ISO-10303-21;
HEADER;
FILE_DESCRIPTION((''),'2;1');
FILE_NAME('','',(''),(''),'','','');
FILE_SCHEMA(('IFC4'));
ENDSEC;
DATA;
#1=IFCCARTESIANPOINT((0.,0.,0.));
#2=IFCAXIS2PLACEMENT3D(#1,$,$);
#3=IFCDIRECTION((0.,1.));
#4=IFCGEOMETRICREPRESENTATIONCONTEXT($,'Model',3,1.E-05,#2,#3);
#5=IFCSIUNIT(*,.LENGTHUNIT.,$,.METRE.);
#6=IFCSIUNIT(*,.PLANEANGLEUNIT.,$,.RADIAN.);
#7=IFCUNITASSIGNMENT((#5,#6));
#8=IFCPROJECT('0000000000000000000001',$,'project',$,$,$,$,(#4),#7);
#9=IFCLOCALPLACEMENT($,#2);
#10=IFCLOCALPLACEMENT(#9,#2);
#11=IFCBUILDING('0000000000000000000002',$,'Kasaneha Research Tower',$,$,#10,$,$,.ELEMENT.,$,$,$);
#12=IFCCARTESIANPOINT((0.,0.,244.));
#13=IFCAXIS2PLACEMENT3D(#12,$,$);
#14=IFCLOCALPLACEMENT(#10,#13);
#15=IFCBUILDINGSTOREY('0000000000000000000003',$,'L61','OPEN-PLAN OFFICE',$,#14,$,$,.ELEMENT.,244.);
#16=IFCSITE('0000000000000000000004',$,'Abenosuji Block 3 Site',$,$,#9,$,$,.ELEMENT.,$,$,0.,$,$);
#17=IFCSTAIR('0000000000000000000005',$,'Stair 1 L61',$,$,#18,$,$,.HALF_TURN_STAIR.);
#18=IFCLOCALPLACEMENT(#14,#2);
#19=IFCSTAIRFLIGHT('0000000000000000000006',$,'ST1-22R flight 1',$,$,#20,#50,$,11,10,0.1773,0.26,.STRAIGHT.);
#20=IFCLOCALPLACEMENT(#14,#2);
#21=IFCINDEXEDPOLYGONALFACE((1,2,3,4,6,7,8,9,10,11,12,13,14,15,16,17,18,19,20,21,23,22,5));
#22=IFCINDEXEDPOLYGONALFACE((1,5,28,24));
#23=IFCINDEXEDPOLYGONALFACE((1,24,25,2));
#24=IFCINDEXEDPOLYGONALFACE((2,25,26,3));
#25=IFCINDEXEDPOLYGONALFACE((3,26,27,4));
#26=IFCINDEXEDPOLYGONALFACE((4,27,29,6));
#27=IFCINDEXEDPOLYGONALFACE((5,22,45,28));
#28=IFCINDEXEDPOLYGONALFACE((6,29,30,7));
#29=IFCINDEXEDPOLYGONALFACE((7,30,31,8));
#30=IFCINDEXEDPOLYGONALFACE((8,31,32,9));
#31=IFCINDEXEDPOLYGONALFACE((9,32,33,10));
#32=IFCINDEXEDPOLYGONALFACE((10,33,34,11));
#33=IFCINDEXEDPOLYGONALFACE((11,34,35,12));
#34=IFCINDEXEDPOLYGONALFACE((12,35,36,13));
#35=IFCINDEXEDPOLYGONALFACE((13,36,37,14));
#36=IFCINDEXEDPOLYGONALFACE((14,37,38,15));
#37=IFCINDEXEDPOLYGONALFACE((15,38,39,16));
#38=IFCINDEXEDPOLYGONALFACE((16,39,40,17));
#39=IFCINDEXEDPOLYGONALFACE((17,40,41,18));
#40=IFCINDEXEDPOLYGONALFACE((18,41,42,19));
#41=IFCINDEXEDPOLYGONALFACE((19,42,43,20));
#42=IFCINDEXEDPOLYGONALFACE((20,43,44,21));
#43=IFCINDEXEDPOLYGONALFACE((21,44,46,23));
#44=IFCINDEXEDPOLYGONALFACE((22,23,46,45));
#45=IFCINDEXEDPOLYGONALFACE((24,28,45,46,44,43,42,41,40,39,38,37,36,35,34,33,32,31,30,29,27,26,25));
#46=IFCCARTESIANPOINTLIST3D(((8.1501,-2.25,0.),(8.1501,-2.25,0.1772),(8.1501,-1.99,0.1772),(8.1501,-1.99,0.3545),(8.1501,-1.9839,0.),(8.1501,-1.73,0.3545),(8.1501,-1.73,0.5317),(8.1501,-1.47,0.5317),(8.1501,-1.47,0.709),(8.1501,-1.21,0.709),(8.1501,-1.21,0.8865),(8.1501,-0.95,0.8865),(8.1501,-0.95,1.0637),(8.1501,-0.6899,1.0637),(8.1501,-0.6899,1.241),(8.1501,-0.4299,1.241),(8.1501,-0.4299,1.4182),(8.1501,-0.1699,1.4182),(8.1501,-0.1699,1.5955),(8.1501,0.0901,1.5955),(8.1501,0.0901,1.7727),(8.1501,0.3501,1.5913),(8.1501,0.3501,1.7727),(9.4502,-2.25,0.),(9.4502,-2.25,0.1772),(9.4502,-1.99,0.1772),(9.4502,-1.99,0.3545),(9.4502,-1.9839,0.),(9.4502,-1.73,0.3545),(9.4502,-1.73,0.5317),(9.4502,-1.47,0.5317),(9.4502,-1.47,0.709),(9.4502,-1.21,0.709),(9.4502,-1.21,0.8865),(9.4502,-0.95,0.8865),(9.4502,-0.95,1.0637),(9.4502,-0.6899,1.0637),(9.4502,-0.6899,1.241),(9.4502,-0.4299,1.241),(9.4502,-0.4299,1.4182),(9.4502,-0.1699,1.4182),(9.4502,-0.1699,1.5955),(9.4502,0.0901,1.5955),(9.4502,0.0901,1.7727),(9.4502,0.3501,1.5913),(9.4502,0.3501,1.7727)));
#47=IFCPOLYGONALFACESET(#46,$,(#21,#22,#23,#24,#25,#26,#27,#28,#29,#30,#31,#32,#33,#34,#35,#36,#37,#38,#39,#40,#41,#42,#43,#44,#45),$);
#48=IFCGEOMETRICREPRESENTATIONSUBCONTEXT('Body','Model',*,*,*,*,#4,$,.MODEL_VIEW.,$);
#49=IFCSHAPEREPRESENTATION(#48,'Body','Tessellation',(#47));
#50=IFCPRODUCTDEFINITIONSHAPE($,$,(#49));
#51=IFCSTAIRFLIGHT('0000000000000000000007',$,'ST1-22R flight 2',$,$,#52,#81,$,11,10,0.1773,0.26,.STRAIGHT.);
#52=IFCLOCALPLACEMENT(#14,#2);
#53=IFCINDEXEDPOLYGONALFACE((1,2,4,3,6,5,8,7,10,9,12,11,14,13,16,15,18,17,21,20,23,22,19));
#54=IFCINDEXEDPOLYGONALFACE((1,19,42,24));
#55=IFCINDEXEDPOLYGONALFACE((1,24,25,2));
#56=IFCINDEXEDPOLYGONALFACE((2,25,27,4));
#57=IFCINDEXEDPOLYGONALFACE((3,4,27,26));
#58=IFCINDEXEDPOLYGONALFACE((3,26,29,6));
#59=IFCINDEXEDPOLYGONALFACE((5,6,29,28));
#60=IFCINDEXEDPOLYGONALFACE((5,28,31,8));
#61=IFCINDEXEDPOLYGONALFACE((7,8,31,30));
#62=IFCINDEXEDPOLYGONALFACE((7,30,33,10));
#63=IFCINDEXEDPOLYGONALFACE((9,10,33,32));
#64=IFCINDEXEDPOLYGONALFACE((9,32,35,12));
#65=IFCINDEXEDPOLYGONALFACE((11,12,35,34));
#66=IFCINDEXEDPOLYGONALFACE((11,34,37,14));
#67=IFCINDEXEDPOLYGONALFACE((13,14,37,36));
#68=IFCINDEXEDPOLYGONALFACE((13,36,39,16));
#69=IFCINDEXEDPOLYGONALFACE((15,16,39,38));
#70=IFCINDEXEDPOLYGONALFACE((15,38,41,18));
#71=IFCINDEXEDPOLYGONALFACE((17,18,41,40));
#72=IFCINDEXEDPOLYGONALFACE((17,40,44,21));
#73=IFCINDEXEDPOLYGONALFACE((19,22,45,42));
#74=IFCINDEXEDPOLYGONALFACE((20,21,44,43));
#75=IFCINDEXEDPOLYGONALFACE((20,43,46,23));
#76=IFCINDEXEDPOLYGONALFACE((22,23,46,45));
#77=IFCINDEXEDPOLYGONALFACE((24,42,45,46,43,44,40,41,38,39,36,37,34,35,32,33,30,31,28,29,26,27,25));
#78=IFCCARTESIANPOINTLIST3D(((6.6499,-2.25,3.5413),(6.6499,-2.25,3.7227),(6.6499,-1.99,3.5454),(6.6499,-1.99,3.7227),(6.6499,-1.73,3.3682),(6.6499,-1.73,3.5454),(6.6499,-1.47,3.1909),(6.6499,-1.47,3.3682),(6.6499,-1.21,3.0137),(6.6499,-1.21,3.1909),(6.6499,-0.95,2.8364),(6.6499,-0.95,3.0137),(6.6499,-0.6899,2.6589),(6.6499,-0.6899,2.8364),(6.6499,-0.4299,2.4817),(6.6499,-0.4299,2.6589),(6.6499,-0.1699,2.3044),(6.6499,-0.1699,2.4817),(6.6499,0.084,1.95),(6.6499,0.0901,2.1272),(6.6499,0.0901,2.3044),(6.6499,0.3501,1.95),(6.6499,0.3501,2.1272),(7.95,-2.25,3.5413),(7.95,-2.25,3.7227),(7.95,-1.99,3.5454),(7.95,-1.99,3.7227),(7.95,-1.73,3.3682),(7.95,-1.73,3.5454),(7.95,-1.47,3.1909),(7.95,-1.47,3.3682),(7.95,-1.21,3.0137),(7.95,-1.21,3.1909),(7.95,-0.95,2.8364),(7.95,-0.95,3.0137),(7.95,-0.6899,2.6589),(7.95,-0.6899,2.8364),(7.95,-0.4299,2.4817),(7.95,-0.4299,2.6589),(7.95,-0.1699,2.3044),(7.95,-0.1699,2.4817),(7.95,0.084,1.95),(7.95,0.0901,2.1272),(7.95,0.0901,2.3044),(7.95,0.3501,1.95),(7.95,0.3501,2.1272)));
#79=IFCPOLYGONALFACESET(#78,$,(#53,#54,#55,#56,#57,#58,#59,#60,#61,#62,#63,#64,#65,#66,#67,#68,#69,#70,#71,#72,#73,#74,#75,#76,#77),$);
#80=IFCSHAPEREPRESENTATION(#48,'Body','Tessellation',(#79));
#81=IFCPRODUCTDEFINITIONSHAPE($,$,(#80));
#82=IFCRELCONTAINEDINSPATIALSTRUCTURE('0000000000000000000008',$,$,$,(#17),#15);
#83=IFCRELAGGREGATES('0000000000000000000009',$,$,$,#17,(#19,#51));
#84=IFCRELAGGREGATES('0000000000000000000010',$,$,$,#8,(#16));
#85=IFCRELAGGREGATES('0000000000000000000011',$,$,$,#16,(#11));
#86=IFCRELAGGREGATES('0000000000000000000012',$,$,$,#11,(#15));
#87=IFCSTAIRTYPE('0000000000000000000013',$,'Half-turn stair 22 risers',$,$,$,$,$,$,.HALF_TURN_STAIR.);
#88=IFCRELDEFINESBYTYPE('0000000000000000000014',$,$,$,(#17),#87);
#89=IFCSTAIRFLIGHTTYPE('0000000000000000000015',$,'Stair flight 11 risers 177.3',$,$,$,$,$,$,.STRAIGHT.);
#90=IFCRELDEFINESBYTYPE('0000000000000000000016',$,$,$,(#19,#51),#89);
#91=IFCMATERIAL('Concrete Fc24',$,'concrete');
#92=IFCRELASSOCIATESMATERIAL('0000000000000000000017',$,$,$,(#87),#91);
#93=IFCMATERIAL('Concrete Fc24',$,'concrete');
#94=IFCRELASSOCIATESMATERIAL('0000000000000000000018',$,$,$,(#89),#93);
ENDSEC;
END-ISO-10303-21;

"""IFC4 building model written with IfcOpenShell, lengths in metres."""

from ifc_helpers import new_model, si_unit, direction, frame, origin, place, context, subcontext, project, spatial, polyline, outline, extrude, material, type_object, element, aggregate, save


model = new_model("IFC4")

# Units and contexts
model_context = context("Model", 3, precision=1e-05, world=origin(), true_north=direction((0.0, 1.0)))
body_context = subcontext(model_context, "Body", "Model", "MODEL_VIEW")
ifc_project = project(units=[si_unit("LENGTHUNIT", "METRE"), si_unit("PLANEANGLEUNIT", "RADIAN")], contexts=[model_context])

# Site, building, storey
site_placement = place(None, origin())
site = spatial("IfcSite", under=ifc_project, at=site_placement, Name="Abenosuji Block 3 Site", CompositionType="ELEMENT", RefElevation=0.0)
building_placement = place(site_placement, origin())
building = spatial("IfcBuilding", under=site, at=building_placement, Name="Kasaneha Research Tower", CompositionType="ELEMENT")
storey_placement = place(building_placement, frame((0.0, 0.0, 244.0)))
storey = spatial("IfcBuildingStorey", under=building, at=storey_placement, Name="L61", Description="OPEN-PLAN OFFICE", CompositionType="ELEMENT", Elevation=244.0)

# Stair, stair flights
ifc_material_1 = material(Name="Concrete Fc24", Category="concrete")
stair_type = type_object("IfcStairType", Name="Half-turn stair 22 risers", PredefinedType="HALF_TURN_STAIR", material=ifc_material_1)
stair_placement = place(storey_placement, origin())
stair = element("IfcStair", 1, at=stair_placement, inside=storey, type_object=stair_type, Name="Stair 1 L61", PredefinedType="HALF_TURN_STAIR")
ifc_material_2 = material(Name="Concrete Fc24", Category="concrete")
stair_flight_type = type_object("IfcStairFlightType", Name="Stair flight 11 risers 177.3", PredefinedType="STRAIGHT", material=ifc_material_2)
stair_flight_1_placement = place(storey_placement, frame((8.8, -2.25, 0.0), z_axis=(0.0, 0.0, 1.0), x_axis=(0.0, 1.0, 0.0)))
stair_flight_1 = element("IfcStairFlight", 2, at=stair_flight_1_placement, type_object=stair_flight_type, Name="ST1-22R flight 1", NumberOfRisers=11, NumberOfTreads=10, PredefinedType="STRAIGHT", RiserHeight=0.1773, TreadLength=0.26, context=body_context, shape_type="SweptSolid", body=[
    extrude(outline(polyline([(0.0, 0.0), (0.0, 0.1772), (0.26, 0.1772), (0.26, 0.3545), (0.52, 0.3545), (0.52, 0.5317), (0.78, 0.5317), (0.78, 0.709), (1.04, 0.709), (1.04, 0.8865), (1.3, 0.8865), (1.3, 1.0637), (1.5601, 1.0637), (1.5601, 1.241), (1.8201, 1.241), (1.8201, 1.4182), (2.0801, 1.4182), (2.0801, 1.5955), (2.3401, 1.5955), (2.3401, 1.7727), (2.6001, 1.7727), (2.6001, 1.95), (2.6001, 1.5913), (0.2661, 0.0), (0.0, 0.0)])), frame((0.0, 0.6499, 0.0), z_axis=(0.0, -1.0, 0.0), x_axis=(1.0, 0.0, 0.0)), (0.0, 0.0, 1.0), 1.3),
])
stair_flight_2_placement = place(storey_placement, frame((7.3, 0.3501, 1.95), z_axis=(0.0, 0.0, 1.0), x_axis=(0.0, -1.0, 0.0)))
stair_flight_2 = element("IfcStairFlight", 3, at=stair_flight_2_placement, type_object=stair_flight_type, Name="ST1-22R flight 2", NumberOfRisers=11, NumberOfTreads=10, PredefinedType="STRAIGHT", RiserHeight=0.1773, TreadLength=0.26, context=body_context, shape_type="SweptSolid", body=[
    extrude(outline(polyline([(0.0, 0.0), (0.0, 0.1772), (0.26, 0.1772), (0.26, 0.3545), (0.52, 0.3545), (0.52, 0.5317), (0.78, 0.5317), (0.78, 0.709), (1.04, 0.709), (1.04, 0.8865), (1.3, 0.8865), (1.3, 1.0637), (1.5601, 1.0637), (1.5601, 1.241), (1.8201, 1.241), (1.8201, 1.4182), (2.0801, 1.4182), (2.0801, 1.5955), (2.3401, 1.5955), (2.3401, 1.7727), (2.6001, 1.7727), (2.6001, 1.95), (2.6001, 1.5913), (0.2661, 0.0), (0.0, 0.0)])), frame((0.0, 0.6499, 0.0), z_axis=(0.0, -1.0, 0.0), x_axis=(1.0, 0.0, 0.0)), (0.0, 0.0, 1.0), 1.3),
])
aggregate(stair, [stair_flight_1, stair_flight_2])

save(model, "model.ifc")
